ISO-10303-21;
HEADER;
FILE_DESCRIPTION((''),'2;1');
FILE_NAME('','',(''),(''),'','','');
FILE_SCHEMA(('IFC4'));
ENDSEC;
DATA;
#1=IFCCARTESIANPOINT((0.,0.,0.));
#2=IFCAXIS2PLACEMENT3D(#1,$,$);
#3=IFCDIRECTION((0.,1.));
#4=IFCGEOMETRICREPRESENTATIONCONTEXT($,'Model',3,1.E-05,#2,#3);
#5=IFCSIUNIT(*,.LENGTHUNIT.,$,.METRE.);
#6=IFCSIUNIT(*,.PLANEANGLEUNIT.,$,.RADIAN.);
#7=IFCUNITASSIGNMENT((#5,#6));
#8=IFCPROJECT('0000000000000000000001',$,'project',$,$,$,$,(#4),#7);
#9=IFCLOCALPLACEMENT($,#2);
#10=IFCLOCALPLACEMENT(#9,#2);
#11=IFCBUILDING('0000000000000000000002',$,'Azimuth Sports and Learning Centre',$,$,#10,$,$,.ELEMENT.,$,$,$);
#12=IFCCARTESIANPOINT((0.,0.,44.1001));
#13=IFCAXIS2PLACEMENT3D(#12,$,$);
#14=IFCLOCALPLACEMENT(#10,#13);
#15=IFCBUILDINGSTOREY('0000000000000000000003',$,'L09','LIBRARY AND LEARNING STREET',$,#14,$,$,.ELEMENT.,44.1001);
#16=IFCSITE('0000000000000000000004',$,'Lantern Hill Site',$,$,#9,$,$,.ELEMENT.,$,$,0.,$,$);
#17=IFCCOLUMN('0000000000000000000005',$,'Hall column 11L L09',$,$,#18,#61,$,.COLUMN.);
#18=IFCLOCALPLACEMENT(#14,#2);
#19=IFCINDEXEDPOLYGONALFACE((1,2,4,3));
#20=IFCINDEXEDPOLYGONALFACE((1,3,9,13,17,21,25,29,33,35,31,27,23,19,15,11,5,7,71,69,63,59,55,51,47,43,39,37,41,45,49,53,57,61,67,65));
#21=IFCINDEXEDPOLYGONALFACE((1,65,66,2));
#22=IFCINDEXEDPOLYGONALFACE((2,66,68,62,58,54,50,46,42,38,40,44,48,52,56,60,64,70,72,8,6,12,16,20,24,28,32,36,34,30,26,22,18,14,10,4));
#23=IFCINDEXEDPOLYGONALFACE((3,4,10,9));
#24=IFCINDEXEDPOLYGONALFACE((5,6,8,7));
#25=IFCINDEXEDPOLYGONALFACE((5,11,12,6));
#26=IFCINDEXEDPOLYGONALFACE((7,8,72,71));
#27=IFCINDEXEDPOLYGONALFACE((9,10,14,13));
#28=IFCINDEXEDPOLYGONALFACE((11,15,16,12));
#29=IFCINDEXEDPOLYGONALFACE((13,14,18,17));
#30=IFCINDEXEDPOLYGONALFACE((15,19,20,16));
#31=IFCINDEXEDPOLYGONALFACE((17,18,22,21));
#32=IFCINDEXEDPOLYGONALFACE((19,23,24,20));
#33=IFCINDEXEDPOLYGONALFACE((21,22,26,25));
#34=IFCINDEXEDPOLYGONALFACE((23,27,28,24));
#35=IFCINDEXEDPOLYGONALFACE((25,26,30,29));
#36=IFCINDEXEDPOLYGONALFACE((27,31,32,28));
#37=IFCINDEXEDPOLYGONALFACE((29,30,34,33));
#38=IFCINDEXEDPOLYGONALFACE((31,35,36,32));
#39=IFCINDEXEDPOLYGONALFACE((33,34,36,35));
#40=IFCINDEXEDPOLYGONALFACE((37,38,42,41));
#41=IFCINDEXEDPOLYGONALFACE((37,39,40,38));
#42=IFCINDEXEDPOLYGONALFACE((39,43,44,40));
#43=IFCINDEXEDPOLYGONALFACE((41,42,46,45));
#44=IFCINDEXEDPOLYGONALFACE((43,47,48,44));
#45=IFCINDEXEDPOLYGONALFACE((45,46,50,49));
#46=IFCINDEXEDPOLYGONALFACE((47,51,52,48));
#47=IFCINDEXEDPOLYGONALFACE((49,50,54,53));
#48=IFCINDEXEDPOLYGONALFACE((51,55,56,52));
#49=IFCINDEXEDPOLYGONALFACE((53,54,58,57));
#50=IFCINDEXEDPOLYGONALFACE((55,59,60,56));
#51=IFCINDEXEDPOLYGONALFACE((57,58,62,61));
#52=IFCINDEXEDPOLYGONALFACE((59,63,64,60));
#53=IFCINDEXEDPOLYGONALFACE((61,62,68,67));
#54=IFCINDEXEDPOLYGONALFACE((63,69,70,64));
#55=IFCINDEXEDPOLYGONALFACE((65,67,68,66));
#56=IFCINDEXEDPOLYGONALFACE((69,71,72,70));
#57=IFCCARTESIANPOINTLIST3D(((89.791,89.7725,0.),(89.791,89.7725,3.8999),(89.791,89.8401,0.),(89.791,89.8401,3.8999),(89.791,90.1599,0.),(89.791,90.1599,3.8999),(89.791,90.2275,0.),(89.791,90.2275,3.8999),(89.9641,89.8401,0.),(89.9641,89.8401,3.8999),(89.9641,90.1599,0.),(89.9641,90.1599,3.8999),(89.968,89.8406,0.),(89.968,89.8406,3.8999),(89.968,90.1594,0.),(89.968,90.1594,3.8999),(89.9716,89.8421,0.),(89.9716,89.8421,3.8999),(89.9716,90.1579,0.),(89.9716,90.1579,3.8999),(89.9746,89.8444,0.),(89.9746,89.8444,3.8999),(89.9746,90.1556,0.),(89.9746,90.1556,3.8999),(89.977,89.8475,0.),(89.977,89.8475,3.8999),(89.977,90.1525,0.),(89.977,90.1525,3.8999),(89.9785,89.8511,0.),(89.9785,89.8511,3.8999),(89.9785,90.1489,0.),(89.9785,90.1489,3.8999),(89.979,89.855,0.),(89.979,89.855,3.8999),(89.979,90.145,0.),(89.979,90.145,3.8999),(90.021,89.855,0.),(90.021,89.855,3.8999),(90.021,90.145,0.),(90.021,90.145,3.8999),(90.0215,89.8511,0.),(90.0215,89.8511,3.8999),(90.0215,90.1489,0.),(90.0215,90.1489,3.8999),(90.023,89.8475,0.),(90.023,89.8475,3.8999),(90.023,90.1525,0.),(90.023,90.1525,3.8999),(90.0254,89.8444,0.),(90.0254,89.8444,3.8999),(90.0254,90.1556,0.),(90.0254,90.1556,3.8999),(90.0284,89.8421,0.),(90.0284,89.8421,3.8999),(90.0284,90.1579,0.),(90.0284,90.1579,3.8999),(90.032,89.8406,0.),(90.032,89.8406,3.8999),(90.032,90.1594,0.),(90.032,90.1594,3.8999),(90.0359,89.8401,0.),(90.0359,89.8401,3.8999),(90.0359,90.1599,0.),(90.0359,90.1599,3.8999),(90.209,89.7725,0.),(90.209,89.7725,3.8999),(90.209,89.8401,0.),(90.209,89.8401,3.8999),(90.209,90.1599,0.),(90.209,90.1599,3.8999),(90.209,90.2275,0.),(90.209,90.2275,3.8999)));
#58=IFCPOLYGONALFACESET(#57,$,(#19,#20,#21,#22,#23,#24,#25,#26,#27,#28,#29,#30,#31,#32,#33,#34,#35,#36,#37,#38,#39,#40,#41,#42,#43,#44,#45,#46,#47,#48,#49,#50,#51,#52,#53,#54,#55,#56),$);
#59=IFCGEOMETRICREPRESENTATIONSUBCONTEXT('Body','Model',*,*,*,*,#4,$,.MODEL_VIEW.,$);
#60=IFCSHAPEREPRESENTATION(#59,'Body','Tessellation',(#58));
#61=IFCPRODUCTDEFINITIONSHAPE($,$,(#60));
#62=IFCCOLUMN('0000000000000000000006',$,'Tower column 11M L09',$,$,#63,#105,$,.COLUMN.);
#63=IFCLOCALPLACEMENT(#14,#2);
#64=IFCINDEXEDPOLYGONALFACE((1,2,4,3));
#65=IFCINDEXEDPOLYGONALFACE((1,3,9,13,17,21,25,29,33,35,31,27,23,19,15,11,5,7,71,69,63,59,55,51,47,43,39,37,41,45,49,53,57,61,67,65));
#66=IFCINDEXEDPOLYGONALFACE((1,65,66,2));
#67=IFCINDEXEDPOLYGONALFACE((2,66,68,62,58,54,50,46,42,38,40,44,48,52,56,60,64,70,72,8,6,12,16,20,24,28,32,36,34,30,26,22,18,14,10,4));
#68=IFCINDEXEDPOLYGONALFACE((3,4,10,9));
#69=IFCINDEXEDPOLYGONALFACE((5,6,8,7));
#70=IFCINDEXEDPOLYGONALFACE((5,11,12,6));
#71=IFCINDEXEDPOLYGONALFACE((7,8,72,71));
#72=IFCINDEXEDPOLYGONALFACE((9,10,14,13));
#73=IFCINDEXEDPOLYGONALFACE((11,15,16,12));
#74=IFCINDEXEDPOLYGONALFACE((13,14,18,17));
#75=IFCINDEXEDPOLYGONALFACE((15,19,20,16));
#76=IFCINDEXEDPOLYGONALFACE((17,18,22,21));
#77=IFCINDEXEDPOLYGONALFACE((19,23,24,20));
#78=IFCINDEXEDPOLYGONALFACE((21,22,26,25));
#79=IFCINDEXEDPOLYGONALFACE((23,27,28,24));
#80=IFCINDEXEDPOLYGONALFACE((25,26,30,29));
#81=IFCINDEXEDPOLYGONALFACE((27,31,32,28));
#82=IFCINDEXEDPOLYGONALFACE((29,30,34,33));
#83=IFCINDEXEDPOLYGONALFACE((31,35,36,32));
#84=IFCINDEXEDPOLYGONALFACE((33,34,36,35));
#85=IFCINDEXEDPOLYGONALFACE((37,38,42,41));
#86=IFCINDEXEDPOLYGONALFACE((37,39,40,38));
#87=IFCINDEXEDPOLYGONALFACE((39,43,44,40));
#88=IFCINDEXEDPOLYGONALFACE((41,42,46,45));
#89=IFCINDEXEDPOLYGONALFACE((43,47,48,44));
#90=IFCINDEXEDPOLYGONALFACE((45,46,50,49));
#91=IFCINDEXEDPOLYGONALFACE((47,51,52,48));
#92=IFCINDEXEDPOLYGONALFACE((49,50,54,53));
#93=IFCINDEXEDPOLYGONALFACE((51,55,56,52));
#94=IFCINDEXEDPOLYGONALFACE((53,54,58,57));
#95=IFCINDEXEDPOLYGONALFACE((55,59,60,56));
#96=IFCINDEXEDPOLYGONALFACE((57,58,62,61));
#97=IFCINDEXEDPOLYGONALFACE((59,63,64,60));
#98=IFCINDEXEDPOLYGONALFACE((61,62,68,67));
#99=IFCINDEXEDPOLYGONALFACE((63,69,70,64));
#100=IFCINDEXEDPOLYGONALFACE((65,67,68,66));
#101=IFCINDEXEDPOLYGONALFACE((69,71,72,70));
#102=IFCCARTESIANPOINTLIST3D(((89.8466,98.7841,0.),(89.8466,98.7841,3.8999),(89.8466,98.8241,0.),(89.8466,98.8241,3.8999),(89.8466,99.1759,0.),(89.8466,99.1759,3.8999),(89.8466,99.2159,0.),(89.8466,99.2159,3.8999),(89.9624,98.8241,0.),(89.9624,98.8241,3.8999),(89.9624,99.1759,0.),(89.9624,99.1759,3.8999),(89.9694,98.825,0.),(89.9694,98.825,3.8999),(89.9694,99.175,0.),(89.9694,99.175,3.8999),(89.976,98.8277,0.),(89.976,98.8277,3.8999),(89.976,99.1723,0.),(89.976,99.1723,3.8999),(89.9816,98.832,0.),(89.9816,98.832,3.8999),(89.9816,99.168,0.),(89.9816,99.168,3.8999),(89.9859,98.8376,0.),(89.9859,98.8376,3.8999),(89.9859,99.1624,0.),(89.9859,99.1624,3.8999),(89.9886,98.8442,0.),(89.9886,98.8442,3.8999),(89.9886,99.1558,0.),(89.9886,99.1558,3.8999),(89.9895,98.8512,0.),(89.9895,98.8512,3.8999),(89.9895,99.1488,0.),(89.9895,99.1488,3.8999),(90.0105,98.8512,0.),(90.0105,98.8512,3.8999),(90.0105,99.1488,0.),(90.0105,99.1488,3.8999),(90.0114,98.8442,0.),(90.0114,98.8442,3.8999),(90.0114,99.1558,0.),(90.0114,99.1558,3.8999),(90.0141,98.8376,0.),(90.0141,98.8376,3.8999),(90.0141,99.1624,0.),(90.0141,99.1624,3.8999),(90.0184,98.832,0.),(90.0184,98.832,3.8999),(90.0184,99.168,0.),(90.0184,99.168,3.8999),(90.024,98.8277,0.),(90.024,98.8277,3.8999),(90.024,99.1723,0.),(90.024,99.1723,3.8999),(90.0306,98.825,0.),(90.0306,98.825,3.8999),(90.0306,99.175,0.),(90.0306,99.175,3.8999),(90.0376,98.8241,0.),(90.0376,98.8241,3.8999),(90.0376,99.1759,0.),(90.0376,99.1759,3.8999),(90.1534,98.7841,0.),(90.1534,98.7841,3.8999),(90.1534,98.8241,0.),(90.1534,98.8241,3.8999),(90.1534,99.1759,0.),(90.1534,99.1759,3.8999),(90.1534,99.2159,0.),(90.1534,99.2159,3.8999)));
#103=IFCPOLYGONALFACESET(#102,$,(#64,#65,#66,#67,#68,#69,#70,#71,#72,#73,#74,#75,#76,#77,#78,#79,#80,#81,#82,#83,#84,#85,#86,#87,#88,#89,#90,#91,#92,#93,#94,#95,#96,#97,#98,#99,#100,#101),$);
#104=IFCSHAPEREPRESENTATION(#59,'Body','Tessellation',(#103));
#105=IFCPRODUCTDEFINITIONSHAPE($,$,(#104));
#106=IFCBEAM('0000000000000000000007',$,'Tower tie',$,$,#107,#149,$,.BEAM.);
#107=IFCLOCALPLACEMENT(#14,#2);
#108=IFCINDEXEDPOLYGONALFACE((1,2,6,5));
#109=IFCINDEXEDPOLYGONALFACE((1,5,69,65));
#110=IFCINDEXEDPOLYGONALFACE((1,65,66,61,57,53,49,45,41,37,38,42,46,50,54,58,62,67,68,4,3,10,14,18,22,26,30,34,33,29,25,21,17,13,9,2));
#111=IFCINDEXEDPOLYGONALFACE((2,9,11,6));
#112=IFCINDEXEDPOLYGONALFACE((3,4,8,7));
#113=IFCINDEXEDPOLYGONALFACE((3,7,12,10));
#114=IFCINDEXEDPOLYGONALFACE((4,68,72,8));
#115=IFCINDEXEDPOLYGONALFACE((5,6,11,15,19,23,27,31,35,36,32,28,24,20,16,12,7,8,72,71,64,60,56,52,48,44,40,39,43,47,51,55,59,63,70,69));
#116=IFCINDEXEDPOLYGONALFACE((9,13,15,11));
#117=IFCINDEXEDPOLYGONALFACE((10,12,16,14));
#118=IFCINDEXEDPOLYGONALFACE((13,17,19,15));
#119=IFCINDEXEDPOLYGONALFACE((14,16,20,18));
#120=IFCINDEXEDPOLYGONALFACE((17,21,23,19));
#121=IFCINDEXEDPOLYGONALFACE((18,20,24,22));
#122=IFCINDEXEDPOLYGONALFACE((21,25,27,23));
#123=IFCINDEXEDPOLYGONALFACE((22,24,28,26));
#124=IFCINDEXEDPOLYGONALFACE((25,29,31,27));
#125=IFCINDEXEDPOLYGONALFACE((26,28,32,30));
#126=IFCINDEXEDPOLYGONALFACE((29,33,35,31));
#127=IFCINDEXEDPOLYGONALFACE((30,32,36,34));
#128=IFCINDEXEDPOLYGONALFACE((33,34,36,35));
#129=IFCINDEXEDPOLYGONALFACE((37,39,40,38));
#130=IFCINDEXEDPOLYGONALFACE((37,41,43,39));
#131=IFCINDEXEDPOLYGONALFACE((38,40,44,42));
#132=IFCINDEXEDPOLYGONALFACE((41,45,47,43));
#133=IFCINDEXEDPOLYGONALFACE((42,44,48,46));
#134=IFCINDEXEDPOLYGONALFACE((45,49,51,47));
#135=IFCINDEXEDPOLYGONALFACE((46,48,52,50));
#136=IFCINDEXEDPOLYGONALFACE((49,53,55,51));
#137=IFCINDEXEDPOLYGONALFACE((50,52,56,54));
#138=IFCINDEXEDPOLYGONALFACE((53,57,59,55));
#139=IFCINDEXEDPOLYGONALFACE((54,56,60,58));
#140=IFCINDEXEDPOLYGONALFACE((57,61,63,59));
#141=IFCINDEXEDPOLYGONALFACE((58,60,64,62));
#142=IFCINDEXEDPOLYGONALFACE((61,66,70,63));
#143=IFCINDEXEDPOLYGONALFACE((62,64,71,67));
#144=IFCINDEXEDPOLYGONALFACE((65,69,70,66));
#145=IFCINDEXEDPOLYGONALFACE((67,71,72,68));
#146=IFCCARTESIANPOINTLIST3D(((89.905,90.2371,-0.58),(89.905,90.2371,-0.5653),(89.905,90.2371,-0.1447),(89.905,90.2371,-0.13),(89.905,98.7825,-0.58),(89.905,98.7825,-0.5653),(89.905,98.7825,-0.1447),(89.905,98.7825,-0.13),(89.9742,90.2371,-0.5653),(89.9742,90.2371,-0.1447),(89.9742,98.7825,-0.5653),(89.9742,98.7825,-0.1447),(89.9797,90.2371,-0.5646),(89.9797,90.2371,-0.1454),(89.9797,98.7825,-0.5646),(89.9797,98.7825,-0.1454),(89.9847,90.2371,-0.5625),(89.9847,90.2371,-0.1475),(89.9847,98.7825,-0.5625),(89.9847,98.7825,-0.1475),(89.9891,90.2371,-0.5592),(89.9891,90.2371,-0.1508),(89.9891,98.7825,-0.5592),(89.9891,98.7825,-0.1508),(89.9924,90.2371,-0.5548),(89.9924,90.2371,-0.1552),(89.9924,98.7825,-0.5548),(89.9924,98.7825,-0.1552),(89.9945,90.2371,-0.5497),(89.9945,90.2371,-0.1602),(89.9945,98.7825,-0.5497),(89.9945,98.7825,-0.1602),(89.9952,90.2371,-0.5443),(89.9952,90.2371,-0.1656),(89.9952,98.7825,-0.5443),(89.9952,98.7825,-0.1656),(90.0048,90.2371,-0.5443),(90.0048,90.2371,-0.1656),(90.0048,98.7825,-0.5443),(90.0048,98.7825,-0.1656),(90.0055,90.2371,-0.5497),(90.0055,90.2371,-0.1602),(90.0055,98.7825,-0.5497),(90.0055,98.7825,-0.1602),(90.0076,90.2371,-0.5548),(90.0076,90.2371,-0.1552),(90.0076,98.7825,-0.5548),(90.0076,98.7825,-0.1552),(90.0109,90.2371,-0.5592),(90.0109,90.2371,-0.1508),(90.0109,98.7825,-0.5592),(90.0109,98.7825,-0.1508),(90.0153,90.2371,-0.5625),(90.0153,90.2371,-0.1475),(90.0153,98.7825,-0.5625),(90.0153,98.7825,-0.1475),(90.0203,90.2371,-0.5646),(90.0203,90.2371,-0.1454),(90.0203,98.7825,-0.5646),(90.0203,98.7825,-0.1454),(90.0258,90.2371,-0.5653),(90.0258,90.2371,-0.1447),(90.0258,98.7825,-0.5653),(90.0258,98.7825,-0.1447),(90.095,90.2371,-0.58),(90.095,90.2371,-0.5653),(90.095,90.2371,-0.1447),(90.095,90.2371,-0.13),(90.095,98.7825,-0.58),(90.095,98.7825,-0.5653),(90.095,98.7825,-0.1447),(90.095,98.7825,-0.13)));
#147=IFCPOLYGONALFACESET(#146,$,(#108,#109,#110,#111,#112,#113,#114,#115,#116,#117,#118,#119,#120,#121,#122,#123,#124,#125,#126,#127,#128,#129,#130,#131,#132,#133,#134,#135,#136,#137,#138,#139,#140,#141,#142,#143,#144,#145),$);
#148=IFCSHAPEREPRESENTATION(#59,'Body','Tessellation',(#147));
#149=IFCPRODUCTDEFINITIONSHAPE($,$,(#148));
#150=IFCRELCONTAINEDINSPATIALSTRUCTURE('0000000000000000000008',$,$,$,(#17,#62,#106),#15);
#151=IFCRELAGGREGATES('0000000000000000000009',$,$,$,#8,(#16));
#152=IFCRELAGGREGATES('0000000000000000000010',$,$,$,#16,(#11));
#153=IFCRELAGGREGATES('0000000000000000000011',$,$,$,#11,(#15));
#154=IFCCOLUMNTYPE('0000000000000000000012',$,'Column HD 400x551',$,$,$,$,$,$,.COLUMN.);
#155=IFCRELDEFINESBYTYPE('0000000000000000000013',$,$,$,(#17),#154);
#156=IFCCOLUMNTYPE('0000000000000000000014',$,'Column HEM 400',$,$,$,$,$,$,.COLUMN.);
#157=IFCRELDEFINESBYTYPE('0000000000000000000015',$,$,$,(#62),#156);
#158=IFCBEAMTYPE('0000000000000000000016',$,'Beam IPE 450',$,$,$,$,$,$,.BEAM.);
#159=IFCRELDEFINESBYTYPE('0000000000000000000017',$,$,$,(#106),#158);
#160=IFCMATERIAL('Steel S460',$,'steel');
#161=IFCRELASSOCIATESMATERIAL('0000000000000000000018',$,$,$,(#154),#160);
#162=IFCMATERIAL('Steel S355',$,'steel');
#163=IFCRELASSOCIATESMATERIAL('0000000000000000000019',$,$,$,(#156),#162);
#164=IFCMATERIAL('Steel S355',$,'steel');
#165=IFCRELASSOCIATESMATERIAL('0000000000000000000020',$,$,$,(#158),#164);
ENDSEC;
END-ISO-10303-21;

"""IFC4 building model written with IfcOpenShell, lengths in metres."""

from ifc_helpers import new_model, si_unit, direction, frame, origin, origin_2d, place, context, subcontext, project, spatial, i_section, extrude, material, material_profile, profile_set, type_object, element, save


model = new_model("IFC4")

# Units and contexts
model_context = context("Model", 3, precision=1e-05, world=origin(), true_north=direction((0.0, 1.0)))
body_context = subcontext(model_context, "Body", "Model", "MODEL_VIEW")
ifc_project = project(units=[si_unit("LENGTHUNIT", "METRE"), si_unit("PLANEANGLEUNIT", "RADIAN")], contexts=[model_context])

# Site, building, storey
site_placement = place(None, origin())
site = spatial("IfcSite", under=ifc_project, at=site_placement, Name="Lantern Hill Site", CompositionType="ELEMENT", RefElevation=0.0)
building_placement = place(site_placement, origin())
building = spatial("IfcBuilding", under=site, at=building_placement, Name="Azimuth Sports and Learning Centre", CompositionType="ELEMENT")
storey_placement = place(building_placement, frame((0.0, 0.0, 44.1001)))
storey = spatial("IfcBuildingStorey", under=building, at=storey_placement, Name="L09", Description="LIBRARY AND LEARNING STREET", CompositionType="ELEMENT", Elevation=44.1001)

# Columns
ifc_material_1 = material(Name="Steel S460", Category="steel")
ifc_material_profile_1 = material_profile(ifc_material_1, i_section(OverallWidth=0.418, OverallDepth=0.4551, WebThickness=0.042, FlangeThickness=0.0676, FilletRadius=0.0149, at=origin_2d()), Name="HD 400x551")
ifc_profile_set_1 = profile_set([ifc_material_profile_1], Name="Steel S460")
column_type_1 = type_object("IfcColumnType", Name="Column HD 400x551", PredefinedType="COLUMN", material=ifc_profile_set_1)
column_1_placement = place(storey_placement, frame((90.0, 90.0, 0.0), z_axis=(0.0, 0.0, 1.0), x_axis=(1.0, 0.0, 0.0)))
element("IfcColumn", 1, at=column_1_placement, inside=storey, type_object=column_type_1, Name="Hall column 11L L09", PredefinedType="COLUMN", context=body_context, shape_type="SweptSolid", body=[
    extrude(i_section(OverallWidth=0.418, OverallDepth=0.4551, WebThickness=0.042, FlangeThickness=0.0676, FilletRadius=0.0149, at=origin_2d()), origin(), (0.0, 0.0, 1.0), 3.8999),
])
ifc_material_2 = material(Name="Steel S355", Category="steel")
ifc_material_profile_2 = material_profile(ifc_material_2, i_section(OverallWidth=0.3069, OverallDepth=0.4319, WebThickness=0.021, FlangeThickness=0.04, FilletRadius=0.0271, at=origin_2d()), Name="HEM 400")
ifc_profile_set_2 = profile_set([ifc_material_profile_2], Name="Steel S355")
column_type_2 = type_object("IfcColumnType", Name="Column HEM 400", PredefinedType="COLUMN", material=ifc_profile_set_2)
column_2_placement = place(storey_placement, frame((90.0, 99.0, 0.0), z_axis=(0.0, 0.0, 1.0), x_axis=(1.0, 0.0, 0.0)))
element("IfcColumn", 2, at=column_2_placement, inside=storey, type_object=column_type_2, Name="Tower column 11M L09", PredefinedType="COLUMN", context=body_context, shape_type="SweptSolid", body=[
    extrude(i_section(OverallWidth=0.3069, OverallDepth=0.4319, WebThickness=0.021, FlangeThickness=0.04, FilletRadius=0.0271, at=origin_2d()), origin(), (0.0, 0.0, 1.0), 3.8999),
])

# Beam
ifc_material_3 = material(Name="Steel S355", Category="steel")
ifc_material_profile_3 = material_profile(ifc_material_3, i_section(OverallWidth=0.1899, OverallDepth=0.45, WebThickness=0.0095, FlangeThickness=0.0146, FilletRadius=0.021, at=origin_2d()), Name="IPE 450")
ifc_profile_set_3 = profile_set([ifc_material_profile_3], Name="Steel S355")
beam_type_1 = type_object("IfcBeamType", Name="Beam IPE 450", PredefinedType="BEAM", material=ifc_profile_set_3)
beam_1_placement = place(storey_placement, frame((90.0, 90.2371, -0.355), z_axis=(0.0, 1.0, 0.0), x_axis=(-1.0, 0.0, 0.0)))
element("IfcBeam", 3, at=beam_1_placement, inside=storey, type_object=beam_type_1, Name="Tower tie", PredefinedType="BEAM", context=body_context, shape_type="SweptSolid", body=[
    extrude(i_section(OverallWidth=0.1899, OverallDepth=0.45, WebThickness=0.0095, FlangeThickness=0.0146, FilletRadius=0.021, at=origin_2d()), origin(), (0.0, 0.0, 1.0), 8.5454),
])

save(model, "model.ifc")
